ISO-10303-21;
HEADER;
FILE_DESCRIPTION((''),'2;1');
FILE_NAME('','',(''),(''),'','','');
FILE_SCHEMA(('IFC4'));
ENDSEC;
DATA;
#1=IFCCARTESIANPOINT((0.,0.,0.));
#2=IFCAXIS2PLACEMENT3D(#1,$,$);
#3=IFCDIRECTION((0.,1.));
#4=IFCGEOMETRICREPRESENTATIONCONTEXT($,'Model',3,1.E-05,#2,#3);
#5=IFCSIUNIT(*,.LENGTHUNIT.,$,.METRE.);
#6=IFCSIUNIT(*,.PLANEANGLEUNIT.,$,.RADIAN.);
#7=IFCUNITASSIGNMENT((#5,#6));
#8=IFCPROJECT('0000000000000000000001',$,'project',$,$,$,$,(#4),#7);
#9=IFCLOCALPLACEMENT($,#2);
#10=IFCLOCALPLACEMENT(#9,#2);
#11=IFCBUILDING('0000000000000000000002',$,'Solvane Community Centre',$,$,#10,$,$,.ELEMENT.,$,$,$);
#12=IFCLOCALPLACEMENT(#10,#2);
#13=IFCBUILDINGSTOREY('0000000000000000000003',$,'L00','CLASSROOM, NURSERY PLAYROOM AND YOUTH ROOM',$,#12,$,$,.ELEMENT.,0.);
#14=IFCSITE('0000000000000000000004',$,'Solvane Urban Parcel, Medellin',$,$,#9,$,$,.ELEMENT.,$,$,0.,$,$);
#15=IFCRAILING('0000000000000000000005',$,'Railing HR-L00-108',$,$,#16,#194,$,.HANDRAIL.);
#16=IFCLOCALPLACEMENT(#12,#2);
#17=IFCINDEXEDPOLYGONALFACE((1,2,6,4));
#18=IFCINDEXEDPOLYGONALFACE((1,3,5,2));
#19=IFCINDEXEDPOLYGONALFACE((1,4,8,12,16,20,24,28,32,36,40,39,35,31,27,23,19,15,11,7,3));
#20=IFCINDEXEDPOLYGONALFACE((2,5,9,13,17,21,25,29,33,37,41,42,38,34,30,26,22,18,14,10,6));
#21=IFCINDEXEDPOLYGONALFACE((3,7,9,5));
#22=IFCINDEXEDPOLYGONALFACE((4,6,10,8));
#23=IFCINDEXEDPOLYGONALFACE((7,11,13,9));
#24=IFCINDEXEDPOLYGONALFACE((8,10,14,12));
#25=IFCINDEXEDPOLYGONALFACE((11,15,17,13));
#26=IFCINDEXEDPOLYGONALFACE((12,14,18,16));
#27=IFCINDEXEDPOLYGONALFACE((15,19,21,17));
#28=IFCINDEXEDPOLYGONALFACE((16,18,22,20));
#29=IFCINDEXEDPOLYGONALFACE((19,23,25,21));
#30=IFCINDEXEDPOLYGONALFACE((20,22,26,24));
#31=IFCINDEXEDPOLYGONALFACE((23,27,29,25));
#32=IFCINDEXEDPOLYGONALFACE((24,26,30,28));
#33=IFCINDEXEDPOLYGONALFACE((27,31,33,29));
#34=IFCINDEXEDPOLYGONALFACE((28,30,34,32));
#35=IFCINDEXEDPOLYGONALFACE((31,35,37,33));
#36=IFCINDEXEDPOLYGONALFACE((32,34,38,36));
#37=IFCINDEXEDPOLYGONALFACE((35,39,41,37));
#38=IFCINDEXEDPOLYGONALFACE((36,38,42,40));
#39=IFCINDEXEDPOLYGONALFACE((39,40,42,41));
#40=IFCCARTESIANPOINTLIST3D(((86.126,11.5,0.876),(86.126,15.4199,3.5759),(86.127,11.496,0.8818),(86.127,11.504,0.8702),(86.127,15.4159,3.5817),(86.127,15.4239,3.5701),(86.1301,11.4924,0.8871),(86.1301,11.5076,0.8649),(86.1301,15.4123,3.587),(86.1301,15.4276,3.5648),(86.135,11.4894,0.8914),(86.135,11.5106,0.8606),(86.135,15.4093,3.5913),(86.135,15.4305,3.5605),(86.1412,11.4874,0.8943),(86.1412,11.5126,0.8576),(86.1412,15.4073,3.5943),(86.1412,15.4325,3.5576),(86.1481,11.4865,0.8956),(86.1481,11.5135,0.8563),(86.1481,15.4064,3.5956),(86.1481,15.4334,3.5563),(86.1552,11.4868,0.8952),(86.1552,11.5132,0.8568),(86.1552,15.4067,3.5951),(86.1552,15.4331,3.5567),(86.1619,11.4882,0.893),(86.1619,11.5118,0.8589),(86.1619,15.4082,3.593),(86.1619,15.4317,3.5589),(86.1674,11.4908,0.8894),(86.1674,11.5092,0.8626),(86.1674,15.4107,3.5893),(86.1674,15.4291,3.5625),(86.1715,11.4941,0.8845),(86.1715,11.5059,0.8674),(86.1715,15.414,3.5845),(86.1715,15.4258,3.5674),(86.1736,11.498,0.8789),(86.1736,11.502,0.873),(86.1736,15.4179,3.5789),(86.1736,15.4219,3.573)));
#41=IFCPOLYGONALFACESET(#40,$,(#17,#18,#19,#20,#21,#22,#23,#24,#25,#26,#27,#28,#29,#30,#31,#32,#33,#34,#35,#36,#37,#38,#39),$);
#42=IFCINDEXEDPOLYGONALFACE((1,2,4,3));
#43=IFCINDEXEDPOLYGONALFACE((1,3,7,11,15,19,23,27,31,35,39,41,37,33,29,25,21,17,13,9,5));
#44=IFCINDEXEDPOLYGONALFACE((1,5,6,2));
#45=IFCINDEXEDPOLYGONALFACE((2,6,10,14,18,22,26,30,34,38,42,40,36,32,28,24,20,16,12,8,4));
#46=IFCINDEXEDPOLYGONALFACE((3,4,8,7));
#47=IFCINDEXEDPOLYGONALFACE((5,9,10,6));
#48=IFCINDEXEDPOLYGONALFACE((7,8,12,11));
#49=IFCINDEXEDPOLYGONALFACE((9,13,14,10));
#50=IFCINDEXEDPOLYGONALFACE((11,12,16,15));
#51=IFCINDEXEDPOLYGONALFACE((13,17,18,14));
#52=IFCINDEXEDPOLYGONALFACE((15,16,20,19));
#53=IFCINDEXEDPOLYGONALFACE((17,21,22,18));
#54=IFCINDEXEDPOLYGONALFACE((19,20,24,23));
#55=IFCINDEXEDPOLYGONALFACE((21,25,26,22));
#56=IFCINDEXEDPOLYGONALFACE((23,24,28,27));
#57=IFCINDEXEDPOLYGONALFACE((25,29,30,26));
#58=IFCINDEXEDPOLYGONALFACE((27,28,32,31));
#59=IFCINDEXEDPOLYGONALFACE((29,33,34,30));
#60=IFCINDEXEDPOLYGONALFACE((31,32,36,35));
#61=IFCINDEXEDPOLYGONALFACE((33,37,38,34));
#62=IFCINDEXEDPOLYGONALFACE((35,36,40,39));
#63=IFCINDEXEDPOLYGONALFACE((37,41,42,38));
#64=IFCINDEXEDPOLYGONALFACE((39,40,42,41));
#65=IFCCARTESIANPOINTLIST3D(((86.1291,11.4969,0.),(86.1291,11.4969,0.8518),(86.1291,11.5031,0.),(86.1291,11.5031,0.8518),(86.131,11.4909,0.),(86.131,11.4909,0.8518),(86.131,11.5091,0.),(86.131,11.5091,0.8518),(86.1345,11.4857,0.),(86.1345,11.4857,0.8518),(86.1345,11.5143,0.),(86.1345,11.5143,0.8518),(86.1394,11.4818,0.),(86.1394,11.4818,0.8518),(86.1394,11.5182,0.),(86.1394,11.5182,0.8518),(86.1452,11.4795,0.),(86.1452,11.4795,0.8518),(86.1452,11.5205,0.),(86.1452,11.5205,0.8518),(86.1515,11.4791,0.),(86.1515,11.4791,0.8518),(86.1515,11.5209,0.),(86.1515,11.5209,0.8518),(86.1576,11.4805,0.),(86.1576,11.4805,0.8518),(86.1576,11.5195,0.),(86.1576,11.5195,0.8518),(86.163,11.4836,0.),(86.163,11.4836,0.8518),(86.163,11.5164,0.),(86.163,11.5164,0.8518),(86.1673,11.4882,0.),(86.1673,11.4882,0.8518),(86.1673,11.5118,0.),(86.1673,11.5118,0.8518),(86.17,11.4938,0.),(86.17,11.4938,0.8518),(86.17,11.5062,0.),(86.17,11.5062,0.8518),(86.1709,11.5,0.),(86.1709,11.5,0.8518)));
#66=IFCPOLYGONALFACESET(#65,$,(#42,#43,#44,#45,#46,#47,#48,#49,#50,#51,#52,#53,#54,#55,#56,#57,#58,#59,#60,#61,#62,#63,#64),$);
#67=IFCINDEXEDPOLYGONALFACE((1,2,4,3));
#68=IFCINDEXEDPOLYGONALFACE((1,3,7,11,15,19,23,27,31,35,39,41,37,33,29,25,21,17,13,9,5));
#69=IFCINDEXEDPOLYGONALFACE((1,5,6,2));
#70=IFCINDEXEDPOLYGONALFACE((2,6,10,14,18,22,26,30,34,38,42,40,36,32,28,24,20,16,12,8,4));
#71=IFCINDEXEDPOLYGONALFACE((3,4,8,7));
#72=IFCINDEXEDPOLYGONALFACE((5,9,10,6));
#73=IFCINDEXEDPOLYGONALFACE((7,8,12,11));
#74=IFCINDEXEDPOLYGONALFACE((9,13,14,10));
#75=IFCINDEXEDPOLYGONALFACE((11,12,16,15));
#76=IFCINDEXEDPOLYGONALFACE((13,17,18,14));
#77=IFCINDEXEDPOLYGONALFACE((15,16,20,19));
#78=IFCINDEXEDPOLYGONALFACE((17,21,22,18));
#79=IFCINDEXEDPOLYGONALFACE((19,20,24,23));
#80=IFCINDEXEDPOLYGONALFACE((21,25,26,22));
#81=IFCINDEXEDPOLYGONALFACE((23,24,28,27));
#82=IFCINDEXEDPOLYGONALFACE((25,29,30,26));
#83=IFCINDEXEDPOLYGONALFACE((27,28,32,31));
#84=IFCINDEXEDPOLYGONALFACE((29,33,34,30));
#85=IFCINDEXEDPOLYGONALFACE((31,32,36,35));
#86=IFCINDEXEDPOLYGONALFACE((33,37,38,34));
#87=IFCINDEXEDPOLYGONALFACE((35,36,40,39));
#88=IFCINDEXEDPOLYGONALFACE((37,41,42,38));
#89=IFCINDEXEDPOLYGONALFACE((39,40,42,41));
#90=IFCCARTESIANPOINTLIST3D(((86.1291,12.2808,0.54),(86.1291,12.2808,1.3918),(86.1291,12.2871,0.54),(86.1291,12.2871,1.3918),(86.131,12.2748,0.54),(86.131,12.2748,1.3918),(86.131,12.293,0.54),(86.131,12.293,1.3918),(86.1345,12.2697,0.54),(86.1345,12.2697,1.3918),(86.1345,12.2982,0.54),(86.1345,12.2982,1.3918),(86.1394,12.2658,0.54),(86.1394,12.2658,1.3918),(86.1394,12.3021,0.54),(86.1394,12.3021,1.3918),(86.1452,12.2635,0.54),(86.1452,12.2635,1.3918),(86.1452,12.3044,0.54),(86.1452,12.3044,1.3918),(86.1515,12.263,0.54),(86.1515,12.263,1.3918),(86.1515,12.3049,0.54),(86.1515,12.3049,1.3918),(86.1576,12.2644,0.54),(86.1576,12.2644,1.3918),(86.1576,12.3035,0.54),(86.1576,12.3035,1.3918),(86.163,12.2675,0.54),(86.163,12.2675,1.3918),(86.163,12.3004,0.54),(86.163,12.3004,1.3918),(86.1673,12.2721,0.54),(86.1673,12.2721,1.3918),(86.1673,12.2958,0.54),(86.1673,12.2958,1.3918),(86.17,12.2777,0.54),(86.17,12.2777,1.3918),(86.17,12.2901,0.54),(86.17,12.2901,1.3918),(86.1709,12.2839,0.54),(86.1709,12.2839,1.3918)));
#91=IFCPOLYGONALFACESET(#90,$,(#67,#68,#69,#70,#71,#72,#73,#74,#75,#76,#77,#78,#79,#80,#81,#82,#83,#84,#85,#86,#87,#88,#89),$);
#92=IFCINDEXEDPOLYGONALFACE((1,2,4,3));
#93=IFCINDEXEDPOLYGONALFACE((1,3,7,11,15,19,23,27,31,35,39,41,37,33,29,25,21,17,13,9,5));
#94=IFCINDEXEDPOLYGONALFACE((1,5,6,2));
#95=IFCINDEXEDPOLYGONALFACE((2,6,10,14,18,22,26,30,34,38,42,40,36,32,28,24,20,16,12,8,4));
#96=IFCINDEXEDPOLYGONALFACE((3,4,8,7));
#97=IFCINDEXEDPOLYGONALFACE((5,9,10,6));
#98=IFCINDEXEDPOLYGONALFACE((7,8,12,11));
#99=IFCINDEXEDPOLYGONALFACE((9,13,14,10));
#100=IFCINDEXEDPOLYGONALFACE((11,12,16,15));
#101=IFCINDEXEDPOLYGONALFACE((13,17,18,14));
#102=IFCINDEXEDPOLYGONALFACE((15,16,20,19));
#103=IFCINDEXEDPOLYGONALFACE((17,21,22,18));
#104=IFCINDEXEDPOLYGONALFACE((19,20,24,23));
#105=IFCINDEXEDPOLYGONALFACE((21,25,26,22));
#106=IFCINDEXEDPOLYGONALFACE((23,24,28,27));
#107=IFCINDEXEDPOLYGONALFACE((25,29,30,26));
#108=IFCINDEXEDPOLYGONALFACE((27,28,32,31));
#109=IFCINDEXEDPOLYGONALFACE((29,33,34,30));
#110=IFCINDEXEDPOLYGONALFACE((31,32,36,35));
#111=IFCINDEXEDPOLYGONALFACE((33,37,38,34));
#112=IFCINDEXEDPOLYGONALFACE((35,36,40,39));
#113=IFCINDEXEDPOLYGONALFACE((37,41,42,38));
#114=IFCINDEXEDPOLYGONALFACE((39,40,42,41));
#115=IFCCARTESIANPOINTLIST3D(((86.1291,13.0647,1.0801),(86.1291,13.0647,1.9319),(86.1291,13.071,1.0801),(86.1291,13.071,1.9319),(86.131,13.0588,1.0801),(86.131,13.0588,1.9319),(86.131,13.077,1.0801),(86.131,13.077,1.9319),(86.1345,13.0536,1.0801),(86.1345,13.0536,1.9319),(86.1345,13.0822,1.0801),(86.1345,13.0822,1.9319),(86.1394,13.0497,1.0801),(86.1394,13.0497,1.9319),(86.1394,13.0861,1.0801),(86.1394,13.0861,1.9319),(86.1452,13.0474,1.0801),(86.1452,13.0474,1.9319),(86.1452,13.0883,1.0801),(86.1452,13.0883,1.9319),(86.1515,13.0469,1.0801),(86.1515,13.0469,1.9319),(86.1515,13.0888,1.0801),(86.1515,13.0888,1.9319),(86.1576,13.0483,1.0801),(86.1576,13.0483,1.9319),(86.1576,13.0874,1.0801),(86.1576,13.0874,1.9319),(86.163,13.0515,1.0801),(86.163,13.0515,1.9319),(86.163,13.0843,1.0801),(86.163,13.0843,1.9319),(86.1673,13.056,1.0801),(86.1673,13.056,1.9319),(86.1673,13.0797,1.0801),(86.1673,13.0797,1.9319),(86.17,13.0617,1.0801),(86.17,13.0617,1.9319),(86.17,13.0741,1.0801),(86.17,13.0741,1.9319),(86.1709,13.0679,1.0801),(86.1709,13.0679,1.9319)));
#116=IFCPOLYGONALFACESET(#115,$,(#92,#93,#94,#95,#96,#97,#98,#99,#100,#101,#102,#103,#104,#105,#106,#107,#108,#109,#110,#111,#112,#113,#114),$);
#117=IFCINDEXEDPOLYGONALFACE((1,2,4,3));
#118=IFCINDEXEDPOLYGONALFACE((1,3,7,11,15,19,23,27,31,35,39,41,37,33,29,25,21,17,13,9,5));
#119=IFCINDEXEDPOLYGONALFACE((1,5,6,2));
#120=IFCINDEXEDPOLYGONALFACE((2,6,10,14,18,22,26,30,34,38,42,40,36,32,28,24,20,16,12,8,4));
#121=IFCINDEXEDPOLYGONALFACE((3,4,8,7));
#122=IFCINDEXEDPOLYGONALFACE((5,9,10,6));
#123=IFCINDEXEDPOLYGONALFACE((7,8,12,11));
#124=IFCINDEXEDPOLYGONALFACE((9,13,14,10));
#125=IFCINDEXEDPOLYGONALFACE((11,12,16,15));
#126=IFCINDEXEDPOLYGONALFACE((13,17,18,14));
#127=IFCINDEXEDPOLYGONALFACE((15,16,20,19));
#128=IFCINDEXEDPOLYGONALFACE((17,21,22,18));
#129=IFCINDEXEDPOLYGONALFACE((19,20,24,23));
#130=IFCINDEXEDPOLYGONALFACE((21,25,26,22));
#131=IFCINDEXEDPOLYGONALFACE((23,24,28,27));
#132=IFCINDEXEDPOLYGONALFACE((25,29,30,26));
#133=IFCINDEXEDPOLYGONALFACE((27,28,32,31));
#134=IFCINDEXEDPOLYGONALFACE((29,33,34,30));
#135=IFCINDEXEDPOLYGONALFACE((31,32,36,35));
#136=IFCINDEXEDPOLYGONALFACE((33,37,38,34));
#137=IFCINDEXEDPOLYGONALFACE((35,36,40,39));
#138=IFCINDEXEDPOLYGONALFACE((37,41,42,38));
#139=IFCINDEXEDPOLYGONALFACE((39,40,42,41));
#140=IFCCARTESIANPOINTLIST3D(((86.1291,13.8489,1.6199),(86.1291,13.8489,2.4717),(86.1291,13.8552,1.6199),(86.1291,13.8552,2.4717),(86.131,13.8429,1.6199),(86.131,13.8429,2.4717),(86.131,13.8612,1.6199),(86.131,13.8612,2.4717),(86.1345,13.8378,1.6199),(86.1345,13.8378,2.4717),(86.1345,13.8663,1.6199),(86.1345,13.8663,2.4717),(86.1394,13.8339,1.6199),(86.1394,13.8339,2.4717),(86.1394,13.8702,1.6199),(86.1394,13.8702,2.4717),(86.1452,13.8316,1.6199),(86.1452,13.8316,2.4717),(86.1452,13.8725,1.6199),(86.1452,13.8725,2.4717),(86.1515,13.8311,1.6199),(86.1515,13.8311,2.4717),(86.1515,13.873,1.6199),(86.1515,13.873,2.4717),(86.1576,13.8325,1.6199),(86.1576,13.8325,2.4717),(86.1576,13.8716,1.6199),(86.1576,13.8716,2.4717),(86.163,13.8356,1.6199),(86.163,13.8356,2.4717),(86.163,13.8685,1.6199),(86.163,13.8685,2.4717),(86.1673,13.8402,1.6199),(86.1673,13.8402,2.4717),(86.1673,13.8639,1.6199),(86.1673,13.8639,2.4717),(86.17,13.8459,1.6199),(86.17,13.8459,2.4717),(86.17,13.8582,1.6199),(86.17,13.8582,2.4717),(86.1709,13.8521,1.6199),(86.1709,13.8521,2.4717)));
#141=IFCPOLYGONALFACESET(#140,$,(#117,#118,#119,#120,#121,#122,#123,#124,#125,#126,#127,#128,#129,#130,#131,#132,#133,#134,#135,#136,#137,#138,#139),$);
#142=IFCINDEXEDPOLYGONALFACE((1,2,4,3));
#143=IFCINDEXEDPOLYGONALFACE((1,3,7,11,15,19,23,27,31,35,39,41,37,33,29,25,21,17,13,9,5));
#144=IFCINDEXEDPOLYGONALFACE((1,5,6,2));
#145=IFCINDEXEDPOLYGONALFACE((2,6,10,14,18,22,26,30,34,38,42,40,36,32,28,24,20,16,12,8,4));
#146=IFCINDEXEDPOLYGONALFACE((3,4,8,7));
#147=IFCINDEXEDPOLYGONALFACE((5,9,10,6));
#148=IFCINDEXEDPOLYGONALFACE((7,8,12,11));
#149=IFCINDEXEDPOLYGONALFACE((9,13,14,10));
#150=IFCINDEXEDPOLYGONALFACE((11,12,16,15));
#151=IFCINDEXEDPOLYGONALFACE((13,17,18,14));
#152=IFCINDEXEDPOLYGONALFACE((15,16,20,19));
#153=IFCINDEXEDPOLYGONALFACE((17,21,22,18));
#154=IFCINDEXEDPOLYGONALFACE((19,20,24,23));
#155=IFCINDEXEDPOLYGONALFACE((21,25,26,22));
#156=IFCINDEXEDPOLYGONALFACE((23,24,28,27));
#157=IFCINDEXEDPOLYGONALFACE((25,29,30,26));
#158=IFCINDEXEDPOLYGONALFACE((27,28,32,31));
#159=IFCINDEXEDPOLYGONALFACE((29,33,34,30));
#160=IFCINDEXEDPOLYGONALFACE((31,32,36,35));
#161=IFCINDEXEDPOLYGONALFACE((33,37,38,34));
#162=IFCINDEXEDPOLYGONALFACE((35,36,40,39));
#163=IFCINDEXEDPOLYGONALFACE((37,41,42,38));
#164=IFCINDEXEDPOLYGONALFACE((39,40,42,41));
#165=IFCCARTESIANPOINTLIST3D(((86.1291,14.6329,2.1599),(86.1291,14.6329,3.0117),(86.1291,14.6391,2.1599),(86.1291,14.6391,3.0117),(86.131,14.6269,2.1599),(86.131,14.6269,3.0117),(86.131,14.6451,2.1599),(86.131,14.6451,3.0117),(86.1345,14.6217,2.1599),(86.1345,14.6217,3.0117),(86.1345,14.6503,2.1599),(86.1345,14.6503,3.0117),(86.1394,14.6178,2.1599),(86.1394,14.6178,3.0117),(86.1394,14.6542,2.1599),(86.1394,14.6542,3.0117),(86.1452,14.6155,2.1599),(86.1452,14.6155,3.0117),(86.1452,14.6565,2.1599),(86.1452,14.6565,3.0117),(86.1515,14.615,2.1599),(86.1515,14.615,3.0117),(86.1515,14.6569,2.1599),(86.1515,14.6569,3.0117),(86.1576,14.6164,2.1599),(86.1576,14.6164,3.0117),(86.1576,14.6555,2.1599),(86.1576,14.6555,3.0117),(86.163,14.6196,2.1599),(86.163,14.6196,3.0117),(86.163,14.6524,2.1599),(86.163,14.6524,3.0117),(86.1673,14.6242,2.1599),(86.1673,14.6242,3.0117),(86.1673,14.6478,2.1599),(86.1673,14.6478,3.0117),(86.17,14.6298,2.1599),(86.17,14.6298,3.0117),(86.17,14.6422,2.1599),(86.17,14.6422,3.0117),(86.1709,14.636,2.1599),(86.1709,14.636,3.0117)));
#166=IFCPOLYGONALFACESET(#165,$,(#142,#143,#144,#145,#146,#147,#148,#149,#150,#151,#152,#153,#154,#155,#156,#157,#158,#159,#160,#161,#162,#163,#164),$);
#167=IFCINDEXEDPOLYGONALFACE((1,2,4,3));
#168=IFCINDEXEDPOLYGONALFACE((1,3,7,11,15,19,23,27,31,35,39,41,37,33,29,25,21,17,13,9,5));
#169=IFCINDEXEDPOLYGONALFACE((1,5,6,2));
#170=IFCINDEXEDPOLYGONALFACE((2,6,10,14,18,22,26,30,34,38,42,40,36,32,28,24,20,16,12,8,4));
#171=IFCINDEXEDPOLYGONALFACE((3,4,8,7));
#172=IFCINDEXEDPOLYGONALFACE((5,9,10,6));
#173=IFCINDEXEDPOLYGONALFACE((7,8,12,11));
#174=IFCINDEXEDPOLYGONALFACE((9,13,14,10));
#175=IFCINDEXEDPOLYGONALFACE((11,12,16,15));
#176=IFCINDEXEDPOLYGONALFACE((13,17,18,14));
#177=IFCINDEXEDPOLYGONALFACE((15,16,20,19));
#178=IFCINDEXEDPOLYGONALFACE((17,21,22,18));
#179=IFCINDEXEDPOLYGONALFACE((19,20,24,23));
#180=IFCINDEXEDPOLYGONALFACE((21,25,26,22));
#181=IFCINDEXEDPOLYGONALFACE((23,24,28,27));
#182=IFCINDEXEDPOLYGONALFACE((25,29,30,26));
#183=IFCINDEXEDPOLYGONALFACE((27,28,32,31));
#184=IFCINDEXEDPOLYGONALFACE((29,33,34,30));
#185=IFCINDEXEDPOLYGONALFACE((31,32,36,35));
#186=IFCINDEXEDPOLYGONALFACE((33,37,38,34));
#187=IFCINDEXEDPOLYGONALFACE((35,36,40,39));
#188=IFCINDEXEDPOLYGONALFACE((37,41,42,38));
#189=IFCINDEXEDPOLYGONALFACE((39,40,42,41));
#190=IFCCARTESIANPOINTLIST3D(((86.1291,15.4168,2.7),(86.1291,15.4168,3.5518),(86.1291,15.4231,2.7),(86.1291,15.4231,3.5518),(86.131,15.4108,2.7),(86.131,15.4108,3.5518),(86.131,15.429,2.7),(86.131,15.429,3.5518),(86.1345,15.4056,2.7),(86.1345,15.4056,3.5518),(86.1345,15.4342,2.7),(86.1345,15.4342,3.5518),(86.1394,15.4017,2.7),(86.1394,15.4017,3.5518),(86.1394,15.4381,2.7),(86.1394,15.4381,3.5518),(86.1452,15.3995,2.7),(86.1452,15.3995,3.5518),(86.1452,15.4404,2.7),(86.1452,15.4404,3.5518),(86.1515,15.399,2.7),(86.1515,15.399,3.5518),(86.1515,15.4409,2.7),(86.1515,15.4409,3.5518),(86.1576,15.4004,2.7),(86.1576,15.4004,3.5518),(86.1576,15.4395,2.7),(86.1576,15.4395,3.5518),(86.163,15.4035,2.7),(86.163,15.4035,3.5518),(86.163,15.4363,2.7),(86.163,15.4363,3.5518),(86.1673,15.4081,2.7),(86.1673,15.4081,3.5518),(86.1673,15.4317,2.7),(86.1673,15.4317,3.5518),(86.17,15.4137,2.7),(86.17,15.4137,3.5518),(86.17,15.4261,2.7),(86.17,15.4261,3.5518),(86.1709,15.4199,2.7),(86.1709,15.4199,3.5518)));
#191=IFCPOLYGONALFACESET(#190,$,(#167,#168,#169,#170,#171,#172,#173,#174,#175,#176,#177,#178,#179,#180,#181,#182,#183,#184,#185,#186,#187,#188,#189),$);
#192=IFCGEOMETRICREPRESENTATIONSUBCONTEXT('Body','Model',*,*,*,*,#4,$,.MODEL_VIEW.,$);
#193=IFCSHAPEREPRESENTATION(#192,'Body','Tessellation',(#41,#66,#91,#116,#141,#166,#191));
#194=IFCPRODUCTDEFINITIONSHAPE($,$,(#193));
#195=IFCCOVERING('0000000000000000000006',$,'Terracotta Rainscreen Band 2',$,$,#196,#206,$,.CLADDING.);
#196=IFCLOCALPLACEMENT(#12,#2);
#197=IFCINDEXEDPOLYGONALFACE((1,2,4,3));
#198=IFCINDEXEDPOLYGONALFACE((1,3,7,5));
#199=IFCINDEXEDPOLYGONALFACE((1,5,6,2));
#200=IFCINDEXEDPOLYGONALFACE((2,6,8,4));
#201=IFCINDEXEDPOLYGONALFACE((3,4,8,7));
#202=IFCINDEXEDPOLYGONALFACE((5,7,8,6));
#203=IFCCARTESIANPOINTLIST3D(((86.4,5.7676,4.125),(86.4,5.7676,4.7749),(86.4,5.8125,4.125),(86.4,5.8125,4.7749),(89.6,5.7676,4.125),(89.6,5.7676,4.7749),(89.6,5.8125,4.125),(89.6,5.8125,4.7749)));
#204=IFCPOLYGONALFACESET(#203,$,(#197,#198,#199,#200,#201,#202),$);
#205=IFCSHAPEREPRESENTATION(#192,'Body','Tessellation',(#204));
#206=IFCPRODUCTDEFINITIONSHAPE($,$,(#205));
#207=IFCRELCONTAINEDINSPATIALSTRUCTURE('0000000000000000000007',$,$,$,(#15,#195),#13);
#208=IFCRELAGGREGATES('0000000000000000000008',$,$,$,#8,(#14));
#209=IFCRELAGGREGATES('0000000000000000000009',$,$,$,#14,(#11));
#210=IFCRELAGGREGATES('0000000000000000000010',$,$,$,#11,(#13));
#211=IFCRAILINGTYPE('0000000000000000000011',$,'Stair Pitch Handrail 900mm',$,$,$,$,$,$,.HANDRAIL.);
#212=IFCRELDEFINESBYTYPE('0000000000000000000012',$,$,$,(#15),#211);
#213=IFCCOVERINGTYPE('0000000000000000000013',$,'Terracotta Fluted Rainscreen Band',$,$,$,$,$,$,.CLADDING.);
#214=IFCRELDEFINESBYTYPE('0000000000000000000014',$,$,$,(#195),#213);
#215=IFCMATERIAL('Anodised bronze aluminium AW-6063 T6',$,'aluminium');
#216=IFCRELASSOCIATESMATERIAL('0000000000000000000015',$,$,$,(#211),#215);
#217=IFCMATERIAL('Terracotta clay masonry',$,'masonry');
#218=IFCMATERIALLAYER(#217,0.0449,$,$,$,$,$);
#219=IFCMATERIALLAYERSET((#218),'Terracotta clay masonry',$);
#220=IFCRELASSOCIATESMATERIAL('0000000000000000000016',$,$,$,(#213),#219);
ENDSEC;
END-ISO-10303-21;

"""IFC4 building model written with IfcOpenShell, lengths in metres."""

from ifc_helpers import new_model, si_unit, direction, frame, origin, origin_2d, place, context, subcontext, project, spatial, rectangle, circle, extrude, material, layer, layer_set, type_object, element, save


model = new_model("IFC4")

# Units and contexts
model_context = context("Model", 3, precision=1e-05, world=origin(), true_north=direction((0.0, 1.0)))
body_context = subcontext(model_context, "Body", "Model", "MODEL_VIEW")
ifc_project = project(units=[si_unit("LENGTHUNIT", "METRE"), si_unit("PLANEANGLEUNIT", "RADIAN")], contexts=[model_context])

# Site, building, storey
site_placement = place(None, origin())
site = spatial("IfcSite", under=ifc_project, at=site_placement, Name="Solvane Urban Parcel, Medellin", CompositionType="ELEMENT", RefElevation=0.0)
building_placement = place(site_placement, origin())
building = spatial("IfcBuilding", under=site, at=building_placement, Name="Solvane Community Centre", CompositionType="ELEMENT")
storey_placement = place(building_placement, origin())
storey = spatial("IfcBuildingStorey", under=building, at=storey_placement, Name="L00", Description="CLASSROOM, NURSERY PLAYROOM AND YOUTH ROOM", CompositionType="ELEMENT", Elevation=0.0)

# Shared definitions
ifc_material_1 = material(Name="Anodised bronze aluminium AW-6063 T6", Category="aluminium")

# Shared definitions
ifc_material_2 = material(Name="Terracotta clay masonry", Category="masonry")

# Railing
railing_type = type_object("IfcRailingType", Name="Stair Pitch Handrail 900mm", PredefinedType="HANDRAIL", material=ifc_material_1)
railing_placement = place(storey_placement, frame((86.1499, 11.5, 0.0)))
element("IfcRailing", 1, at=railing_placement, inside=storey, type_object=railing_type, Name="Railing HR-L00-108", PredefinedType="HANDRAIL", context=body_context, shape_type="SweptSolid", body=[
    extrude(circle(Radius=0.0239, at=origin_2d()), frame((0.0, 0.0, 0.876), z_axis=(0.0, 0.823551, 0.567243), x_axis=(-1.0, 0.0, 0.0)), (0.0, 0.0, 1.0), 4.7598),
    extrude(circle(Radius=0.021, at=origin_2d()), origin(), (0.0, 0.0, 1.0), 0.8518),
    extrude(circle(Radius=0.021, at=origin_2d()), frame((0.0, 0.7839, 0.54)), (0.0, 0.0, 1.0), 0.8518),
    extrude(circle(Radius=0.021, at=origin_2d()), frame((0.0, 1.5679, 1.0801)), (0.0, 0.0, 1.0), 0.8518),
    extrude(circle(Radius=0.021, at=origin_2d()), frame((0.0, 2.3521, 1.6199)), (0.0, 0.0, 1.0), 0.8518),
    extrude(circle(Radius=0.021, at=origin_2d()), frame((0.0, 3.136, 2.1599)), (0.0, 0.0, 1.0), 0.8518),
    extrude(circle(Radius=0.021, at=origin_2d()), frame((0.0, 3.9199, 2.7)), (0.0, 0.0, 1.0), 0.8518),
])

# Covering
ifc_layer_1 = layer(ifc_material_2, 0.0449)
ifc_layer_set_1 = layer_set([ifc_layer_1], Name="Terracotta clay masonry")
covering_type = type_object("IfcCoveringType", Name="Terracotta Fluted Rainscreen Band", PredefinedType="CLADDING", material=ifc_layer_set_1)
covering_placement = place(storey_placement, frame((88.0, 5.79, 4.125), z_axis=(0.0, 0.0, 1.0), x_axis=(1.0, 0.0, 0.0)))
element("IfcCovering", 2, at=covering_placement, inside=storey, type_object=covering_type, Name="Terracotta Rainscreen Band 2", PredefinedType="CLADDING", context=body_context, shape_type="SweptSolid", body=[
    extrude(rectangle(XDim=3.2, YDim=0.0449, at=origin_2d()), origin(), (0.0, 0.0, 1.0), 0.6499),
])

save(model, "model.ifc")
